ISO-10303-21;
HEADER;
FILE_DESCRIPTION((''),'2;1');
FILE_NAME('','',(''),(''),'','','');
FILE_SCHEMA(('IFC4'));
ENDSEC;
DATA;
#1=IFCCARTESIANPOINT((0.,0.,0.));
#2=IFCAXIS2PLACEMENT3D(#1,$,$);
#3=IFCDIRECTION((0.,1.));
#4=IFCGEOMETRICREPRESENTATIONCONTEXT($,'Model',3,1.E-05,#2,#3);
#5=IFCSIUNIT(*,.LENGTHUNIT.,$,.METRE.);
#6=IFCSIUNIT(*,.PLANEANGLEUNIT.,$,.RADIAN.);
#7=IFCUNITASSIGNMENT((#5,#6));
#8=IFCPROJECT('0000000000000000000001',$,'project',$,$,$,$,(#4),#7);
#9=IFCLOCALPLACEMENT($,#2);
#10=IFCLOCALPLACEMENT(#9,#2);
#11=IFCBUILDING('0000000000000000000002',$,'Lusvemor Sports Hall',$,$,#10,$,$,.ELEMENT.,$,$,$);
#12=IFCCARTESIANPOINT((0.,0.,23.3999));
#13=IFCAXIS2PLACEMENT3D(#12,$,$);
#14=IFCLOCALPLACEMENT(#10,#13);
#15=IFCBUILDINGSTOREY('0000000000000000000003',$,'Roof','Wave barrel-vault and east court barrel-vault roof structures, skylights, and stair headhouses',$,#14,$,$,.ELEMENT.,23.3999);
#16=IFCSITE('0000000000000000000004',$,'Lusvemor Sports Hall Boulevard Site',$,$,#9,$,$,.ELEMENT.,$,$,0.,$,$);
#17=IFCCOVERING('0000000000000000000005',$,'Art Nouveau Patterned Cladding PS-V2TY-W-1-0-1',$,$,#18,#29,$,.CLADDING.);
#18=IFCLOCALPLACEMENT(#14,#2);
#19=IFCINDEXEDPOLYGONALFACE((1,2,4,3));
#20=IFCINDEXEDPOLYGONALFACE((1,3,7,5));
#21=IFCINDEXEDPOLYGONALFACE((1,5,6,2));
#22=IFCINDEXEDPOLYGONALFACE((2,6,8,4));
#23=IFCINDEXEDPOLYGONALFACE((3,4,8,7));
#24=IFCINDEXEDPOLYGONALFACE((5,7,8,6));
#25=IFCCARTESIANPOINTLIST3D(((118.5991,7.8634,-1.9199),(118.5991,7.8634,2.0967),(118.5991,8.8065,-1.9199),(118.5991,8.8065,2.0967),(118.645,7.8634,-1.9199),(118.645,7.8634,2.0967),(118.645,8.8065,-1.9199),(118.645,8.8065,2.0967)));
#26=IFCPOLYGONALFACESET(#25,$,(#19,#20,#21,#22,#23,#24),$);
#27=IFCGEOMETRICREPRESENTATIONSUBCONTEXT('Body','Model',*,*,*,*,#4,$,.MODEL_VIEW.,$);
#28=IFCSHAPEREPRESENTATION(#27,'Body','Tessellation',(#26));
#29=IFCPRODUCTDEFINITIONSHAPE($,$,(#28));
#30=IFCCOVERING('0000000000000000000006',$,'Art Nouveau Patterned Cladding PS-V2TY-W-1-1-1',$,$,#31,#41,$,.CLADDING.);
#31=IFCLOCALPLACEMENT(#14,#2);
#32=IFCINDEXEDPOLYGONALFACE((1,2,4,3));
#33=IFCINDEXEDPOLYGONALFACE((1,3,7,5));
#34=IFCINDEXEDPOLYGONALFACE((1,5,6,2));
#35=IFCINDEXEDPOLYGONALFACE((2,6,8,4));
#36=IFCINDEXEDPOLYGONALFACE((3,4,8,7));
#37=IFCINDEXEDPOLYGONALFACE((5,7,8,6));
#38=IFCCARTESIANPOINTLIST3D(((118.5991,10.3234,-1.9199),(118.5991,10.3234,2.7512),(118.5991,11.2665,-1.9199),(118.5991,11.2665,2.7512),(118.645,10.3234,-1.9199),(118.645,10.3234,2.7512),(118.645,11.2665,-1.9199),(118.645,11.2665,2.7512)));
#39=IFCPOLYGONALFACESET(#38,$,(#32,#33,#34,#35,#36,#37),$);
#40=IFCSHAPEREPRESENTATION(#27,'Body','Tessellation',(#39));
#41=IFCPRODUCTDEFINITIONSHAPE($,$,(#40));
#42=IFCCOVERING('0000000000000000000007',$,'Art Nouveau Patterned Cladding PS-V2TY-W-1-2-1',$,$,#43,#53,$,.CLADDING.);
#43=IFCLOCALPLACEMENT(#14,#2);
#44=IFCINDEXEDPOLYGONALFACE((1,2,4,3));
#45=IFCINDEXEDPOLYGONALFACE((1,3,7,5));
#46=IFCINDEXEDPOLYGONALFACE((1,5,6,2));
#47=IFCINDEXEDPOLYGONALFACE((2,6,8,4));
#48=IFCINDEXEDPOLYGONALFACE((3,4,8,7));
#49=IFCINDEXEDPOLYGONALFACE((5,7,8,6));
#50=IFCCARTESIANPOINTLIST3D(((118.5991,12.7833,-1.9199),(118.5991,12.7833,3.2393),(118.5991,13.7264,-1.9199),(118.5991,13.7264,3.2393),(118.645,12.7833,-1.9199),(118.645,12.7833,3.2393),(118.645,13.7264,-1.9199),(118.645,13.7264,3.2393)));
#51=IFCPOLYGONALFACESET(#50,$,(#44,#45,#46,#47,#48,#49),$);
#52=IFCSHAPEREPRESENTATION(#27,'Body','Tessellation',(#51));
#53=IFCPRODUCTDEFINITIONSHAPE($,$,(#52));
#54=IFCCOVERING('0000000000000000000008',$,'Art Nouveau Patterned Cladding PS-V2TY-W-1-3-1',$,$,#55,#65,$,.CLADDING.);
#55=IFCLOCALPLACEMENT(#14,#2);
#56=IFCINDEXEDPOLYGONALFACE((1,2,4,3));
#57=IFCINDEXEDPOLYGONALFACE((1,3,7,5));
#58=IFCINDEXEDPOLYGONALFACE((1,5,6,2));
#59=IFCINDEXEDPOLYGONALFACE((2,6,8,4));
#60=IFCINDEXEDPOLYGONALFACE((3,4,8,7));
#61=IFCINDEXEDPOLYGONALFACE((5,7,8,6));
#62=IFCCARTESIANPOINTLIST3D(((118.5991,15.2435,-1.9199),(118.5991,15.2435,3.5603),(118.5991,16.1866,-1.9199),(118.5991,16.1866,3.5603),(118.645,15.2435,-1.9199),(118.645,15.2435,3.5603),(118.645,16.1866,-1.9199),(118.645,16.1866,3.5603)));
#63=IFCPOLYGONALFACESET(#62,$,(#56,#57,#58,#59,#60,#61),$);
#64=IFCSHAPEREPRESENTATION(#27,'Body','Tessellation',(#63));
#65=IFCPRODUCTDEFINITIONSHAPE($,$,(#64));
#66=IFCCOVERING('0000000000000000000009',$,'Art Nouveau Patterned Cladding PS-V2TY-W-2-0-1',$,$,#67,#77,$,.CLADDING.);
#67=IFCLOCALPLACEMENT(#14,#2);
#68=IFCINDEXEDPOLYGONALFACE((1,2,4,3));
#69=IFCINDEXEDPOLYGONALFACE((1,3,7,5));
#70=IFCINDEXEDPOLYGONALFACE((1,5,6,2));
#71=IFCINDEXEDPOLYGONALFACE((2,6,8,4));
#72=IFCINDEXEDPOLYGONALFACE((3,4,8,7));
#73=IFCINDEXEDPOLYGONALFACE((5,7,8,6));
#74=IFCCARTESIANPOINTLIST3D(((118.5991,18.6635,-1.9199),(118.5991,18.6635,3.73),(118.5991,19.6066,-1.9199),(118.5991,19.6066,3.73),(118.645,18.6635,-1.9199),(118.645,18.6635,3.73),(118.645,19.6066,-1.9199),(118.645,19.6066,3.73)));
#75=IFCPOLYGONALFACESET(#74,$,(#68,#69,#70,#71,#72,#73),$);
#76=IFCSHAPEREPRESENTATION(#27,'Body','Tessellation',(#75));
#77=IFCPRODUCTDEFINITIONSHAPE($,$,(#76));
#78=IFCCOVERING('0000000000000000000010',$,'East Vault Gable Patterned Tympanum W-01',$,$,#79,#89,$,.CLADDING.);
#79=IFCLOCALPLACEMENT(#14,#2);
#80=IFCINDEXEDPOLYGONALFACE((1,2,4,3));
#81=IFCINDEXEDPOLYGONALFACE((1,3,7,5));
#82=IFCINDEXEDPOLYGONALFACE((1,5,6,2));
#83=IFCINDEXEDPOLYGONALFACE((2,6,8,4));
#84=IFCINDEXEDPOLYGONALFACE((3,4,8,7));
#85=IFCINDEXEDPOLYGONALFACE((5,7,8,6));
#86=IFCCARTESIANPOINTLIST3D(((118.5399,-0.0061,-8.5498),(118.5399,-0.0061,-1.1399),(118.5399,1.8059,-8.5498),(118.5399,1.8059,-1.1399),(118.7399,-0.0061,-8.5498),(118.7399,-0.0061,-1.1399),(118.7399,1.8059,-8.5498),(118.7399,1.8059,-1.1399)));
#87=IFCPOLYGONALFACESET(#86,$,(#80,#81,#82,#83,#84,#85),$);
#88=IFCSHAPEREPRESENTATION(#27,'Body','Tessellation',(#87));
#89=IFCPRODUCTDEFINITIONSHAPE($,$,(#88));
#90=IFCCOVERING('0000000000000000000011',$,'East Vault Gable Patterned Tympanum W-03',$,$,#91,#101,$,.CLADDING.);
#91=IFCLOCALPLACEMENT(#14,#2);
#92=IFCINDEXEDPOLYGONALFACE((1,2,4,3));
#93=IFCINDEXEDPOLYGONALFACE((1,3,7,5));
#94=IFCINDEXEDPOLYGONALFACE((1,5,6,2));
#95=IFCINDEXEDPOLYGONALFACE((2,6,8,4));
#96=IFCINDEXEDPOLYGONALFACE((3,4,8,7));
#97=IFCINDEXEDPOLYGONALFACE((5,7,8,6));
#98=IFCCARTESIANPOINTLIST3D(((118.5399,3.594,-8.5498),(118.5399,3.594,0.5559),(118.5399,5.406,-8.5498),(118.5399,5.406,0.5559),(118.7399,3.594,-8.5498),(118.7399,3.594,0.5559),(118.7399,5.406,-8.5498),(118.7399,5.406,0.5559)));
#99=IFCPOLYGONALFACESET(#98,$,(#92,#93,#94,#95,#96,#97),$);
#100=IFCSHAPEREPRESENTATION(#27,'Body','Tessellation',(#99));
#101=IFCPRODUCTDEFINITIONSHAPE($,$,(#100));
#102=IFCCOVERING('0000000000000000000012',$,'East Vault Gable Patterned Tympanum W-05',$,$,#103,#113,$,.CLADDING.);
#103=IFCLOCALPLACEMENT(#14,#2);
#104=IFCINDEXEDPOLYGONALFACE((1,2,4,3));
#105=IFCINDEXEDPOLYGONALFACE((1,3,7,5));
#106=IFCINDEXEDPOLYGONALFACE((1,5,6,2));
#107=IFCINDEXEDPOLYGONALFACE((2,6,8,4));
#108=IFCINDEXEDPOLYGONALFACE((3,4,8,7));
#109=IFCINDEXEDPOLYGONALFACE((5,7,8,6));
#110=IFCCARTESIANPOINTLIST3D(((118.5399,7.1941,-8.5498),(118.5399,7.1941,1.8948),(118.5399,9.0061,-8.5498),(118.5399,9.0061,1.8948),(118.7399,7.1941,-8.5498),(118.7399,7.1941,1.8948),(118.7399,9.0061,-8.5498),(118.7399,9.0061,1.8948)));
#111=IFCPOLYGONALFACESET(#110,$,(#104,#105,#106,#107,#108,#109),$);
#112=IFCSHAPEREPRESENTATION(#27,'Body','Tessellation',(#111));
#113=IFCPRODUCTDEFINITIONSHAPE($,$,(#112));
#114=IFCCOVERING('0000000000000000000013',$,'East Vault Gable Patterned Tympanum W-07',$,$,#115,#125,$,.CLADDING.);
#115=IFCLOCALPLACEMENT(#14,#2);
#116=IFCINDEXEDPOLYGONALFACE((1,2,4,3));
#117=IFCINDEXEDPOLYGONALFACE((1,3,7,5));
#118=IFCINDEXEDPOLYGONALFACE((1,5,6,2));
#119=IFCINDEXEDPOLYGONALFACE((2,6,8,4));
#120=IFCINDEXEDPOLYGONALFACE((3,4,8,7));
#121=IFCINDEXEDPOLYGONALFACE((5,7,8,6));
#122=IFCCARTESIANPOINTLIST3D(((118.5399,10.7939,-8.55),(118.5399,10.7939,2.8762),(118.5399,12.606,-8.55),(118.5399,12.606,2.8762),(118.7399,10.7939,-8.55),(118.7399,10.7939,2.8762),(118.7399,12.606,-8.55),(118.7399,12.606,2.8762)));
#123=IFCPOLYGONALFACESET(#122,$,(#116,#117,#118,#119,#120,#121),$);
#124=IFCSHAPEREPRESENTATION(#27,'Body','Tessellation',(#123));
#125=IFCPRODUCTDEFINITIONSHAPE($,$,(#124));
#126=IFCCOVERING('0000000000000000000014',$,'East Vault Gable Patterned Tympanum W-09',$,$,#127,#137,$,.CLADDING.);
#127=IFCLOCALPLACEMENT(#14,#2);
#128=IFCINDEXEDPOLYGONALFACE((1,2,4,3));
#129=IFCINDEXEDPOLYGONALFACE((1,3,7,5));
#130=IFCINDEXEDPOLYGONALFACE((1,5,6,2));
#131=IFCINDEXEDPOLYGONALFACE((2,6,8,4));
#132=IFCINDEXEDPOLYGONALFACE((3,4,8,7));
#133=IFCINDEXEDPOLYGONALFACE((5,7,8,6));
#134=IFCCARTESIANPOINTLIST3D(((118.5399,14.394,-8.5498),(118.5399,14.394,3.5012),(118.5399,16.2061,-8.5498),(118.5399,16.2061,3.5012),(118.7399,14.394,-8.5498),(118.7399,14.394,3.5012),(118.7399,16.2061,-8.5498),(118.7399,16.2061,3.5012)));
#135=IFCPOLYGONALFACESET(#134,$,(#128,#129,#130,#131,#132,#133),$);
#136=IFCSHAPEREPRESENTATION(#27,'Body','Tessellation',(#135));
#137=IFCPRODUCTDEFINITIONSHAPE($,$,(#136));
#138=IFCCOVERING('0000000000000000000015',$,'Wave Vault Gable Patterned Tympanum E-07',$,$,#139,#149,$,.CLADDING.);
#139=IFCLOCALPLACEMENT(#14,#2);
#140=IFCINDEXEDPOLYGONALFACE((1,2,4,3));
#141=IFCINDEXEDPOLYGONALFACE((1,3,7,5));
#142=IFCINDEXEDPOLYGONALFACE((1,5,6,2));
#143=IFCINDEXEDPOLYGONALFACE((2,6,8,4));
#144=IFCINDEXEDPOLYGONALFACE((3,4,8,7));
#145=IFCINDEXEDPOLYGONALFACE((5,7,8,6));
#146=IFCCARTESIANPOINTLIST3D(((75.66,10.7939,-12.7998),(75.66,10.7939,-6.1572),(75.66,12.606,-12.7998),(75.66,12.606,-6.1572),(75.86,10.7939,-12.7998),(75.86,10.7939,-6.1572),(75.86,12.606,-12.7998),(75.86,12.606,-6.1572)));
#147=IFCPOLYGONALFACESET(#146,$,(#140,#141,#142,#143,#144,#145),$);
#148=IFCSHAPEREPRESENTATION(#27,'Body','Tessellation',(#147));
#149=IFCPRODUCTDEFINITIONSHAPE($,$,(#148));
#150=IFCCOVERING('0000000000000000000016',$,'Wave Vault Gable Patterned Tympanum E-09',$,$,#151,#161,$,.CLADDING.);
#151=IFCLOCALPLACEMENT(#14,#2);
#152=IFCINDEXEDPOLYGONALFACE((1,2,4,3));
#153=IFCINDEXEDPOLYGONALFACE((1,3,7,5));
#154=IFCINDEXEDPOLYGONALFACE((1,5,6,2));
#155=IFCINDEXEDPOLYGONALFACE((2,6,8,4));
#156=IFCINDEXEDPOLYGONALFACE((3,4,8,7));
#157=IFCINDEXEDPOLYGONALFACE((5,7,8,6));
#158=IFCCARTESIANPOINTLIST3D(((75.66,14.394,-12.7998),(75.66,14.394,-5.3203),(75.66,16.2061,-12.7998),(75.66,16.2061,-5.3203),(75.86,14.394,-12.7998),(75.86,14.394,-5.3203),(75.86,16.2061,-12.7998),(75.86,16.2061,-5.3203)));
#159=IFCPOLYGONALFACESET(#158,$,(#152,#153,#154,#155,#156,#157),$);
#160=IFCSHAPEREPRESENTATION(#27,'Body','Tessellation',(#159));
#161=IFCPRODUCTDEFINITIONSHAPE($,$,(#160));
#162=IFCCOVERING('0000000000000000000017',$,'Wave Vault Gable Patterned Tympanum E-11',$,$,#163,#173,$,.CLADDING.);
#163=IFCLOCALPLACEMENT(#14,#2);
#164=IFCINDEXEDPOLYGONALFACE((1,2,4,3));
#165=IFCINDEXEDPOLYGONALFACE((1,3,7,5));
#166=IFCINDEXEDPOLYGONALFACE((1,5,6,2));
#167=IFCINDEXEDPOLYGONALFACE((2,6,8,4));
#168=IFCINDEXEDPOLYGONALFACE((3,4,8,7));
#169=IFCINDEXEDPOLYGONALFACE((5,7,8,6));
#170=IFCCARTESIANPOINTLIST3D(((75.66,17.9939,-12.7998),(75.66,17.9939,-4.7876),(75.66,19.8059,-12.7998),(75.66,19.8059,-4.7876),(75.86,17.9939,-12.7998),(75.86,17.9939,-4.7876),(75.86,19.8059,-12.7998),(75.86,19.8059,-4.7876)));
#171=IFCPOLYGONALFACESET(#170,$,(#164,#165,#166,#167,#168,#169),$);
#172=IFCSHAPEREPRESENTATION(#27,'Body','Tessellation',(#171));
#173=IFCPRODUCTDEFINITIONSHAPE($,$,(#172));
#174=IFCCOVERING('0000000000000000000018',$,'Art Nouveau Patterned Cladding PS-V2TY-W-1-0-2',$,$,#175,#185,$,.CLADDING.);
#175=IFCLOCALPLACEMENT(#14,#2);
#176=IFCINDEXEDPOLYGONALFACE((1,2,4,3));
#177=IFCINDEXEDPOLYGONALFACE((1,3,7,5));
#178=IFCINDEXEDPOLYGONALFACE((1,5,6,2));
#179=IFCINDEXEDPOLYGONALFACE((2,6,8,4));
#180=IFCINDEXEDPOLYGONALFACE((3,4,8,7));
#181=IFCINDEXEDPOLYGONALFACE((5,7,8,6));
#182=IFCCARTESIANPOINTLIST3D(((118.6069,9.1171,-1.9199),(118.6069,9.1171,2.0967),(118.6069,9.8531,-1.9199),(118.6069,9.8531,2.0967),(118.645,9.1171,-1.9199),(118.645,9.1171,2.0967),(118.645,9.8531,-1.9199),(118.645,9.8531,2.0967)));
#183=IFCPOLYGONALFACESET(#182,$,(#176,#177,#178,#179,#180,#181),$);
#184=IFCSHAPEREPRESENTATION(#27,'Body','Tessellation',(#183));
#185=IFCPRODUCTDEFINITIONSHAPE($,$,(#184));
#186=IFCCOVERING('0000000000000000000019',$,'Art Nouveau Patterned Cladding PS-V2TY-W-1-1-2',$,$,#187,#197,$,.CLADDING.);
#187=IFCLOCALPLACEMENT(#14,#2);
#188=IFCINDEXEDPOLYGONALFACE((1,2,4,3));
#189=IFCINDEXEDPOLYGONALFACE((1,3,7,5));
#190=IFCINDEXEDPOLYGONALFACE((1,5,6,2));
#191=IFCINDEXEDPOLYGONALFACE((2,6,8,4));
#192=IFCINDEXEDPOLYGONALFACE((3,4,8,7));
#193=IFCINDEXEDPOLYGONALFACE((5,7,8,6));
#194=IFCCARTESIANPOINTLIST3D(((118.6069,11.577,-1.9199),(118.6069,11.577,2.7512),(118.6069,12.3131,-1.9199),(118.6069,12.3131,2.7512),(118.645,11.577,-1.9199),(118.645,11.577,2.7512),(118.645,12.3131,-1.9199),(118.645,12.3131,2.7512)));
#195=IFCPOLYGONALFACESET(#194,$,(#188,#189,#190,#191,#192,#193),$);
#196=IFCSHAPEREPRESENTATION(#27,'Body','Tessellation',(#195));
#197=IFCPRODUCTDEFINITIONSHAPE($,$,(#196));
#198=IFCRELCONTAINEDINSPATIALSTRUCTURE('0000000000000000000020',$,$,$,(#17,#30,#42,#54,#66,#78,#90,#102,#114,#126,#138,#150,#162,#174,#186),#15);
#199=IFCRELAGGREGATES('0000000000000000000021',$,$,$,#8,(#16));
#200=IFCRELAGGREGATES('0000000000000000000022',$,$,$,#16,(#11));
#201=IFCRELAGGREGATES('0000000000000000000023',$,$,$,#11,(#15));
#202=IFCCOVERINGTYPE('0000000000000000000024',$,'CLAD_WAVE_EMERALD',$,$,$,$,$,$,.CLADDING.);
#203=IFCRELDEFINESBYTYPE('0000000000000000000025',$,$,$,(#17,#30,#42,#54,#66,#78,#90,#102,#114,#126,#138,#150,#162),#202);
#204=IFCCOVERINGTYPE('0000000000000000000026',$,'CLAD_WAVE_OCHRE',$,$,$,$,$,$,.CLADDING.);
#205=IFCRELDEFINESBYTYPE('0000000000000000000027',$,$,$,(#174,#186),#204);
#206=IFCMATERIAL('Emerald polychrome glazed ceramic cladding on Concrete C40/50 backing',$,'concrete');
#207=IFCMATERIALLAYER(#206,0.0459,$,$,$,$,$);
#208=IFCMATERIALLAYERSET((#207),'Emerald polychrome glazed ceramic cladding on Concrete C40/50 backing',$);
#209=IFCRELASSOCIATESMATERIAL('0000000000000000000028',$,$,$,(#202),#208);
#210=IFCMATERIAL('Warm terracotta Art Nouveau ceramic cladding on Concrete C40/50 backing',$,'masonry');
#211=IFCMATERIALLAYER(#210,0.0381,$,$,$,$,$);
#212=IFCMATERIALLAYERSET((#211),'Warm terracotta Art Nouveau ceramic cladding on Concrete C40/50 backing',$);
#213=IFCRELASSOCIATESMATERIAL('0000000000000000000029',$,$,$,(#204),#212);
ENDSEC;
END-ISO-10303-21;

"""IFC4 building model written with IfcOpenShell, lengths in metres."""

from ifc_helpers import new_model, si_unit, direction, frame, origin, origin_2d, place, context, subcontext, project, spatial, rectangle, extrude, material, layer, layer_set, type_object, element, save


model = new_model("IFC4")

# Units and contexts
model_context = context("Model", 3, precision=1e-05, world=origin(), true_north=direction((0.0, 1.0)))
body_context = subcontext(model_context, "Body", "Model", "MODEL_VIEW")
ifc_project = project(units=[si_unit("LENGTHUNIT", "METRE"), si_unit("PLANEANGLEUNIT", "RADIAN")], contexts=[model_context])

# Site, building, storey
site_placement = place(None, origin())
site = spatial("IfcSite", under=ifc_project, at=site_placement, Name="Lusvemor Sports Hall Boulevard Site", CompositionType="ELEMENT", RefElevation=0.0)
building_placement = place(site_placement, origin())
building = spatial("IfcBuilding", under=site, at=building_placement, Name="Lusvemor Sports Hall", CompositionType="ELEMENT")
storey_placement = place(building_placement, frame((0.0, 0.0, 23.3999)))
storey = spatial("IfcBuildingStorey", under=building, at=storey_placement, Name="Roof", Description="Wave barrel-vault and east court barrel-vault roof structures, skylights, and stair headhouses", CompositionType="ELEMENT", Elevation=23.3999)

# Coverings
ifc_material_1 = material(Name="Emerald polychrome glazed ceramic cladding on Concrete C40/50 backing", Category="concrete")
ifc_layer_1 = layer(ifc_material_1, 0.0459)
ifc_layer_set_1 = layer_set([ifc_layer_1], Name="Emerald polychrome glazed ceramic cladding on Concrete C40/50 backing")
covering_type_1 = type_object("IfcCoveringType", Name="CLAD_WAVE_EMERALD", PredefinedType="CLADDING", material=ifc_layer_set_1)
covering_1_placement = place(storey_placement, frame((118.6221, 8.335, -1.9199), z_axis=(0.0, 0.0, 1.0), x_axis=(1.0, 0.0, 0.0)))
element("IfcCovering", 1, at=covering_1_placement, inside=storey, type_object=covering_type_1, Name="Art Nouveau Patterned Cladding PS-V2TY-W-1-0-1", PredefinedType="CLADDING", context=body_context, shape_type="SweptSolid", body=[
    extrude(rectangle(XDim=0.0459, YDim=0.9431, at=origin_2d()), origin(), (0.0, 0.0, 1.0), 4.0166),
])
covering_2_placement = place(storey_placement, frame((118.6221, 10.7949, -1.9199), z_axis=(0.0, 0.0, 1.0), x_axis=(1.0, 0.0, 0.0)))
element("IfcCovering", 2, at=covering_2_placement, inside=storey, type_object=covering_type_1, Name="Art Nouveau Patterned Cladding PS-V2TY-W-1-1-1", PredefinedType="CLADDING", context=body_context, shape_type="SweptSolid", body=[
    extrude(rectangle(XDim=0.0459, YDim=0.9431, at=origin_2d()), origin(), (0.0, 0.0, 1.0), 4.6711),
])
covering_3_placement = place(storey_placement, frame((118.6221, 13.2549, -1.9199), z_axis=(0.0, 0.0, 1.0), x_axis=(1.0, 0.0, 0.0)))
element("IfcCovering", 3, at=covering_3_placement, inside=storey, type_object=covering_type_1, Name="Art Nouveau Patterned Cladding PS-V2TY-W-1-2-1", PredefinedType="CLADDING", context=body_context, shape_type="SweptSolid", body=[
    extrude(rectangle(XDim=0.0459, YDim=0.9431, at=origin_2d()), origin(), (0.0, 0.0, 1.0), 5.1592),
])
covering_4_placement = place(storey_placement, frame((118.6221, 15.7151, -1.9199), z_axis=(0.0, 0.0, 1.0), x_axis=(1.0, 0.0, 0.0)))
element("IfcCovering", 4, at=covering_4_placement, inside=storey, type_object=covering_type_1, Name="Art Nouveau Patterned Cladding PS-V2TY-W-1-3-1", PredefinedType="CLADDING", context=body_context, shape_type="SweptSolid", body=[
    extrude(rectangle(XDim=0.0459, YDim=0.9431, at=origin_2d()), origin(), (0.0, 0.0, 1.0), 5.4802),
])
covering_5_placement = place(storey_placement, frame((118.6221, 19.135, -1.9199), z_axis=(0.0, 0.0, 1.0), x_axis=(1.0, 0.0, 0.0)))
element("IfcCovering", 5, at=covering_5_placement, inside=storey, type_object=covering_type_1, Name="Art Nouveau Patterned Cladding PS-V2TY-W-2-0-1", PredefinedType="CLADDING", context=body_context, shape_type="SweptSolid", body=[
    extrude(rectangle(XDim=0.0459, YDim=0.9431, at=origin_2d()), origin(), (0.0, 0.0, 1.0), 5.6499),
])
covering_6_placement = place(storey_placement, frame((118.6399, 0.8999, -8.5498), z_axis=(0.0, 0.0, 1.0), x_axis=(1.0, 0.0, 0.0)))
element("IfcCovering", 6, at=covering_6_placement, inside=storey, type_object=covering_type_1, Name="East Vault Gable Patterned Tympanum W-01", PredefinedType="CLADDING", context=body_context, shape_type="SweptSolid", body=[
    extrude(rectangle(XDim=0.2, YDim=1.812, at=origin_2d()), origin(), (0.0, 0.0, 1.0), 7.4099),
])
covering_7_placement = place(storey_placement, frame((118.6399, 4.5, -8.5498), z_axis=(0.0, 0.0, 1.0), x_axis=(1.0, 0.0, 0.0)))
element("IfcCovering", 7, at=covering_7_placement, inside=storey, type_object=covering_type_1, Name="East Vault Gable Patterned Tympanum W-03", PredefinedType="CLADDING", context=body_context, shape_type="SweptSolid", body=[
    extrude(rectangle(XDim=0.2, YDim=1.812, at=origin_2d()), origin(), (0.0, 0.0, 1.0), 9.1057),
])
covering_8_placement = place(storey_placement, frame((118.6399, 8.1001, -8.5498), z_axis=(0.0, 0.0, 1.0), x_axis=(1.0, 0.0, 0.0)))
element("IfcCovering", 8, at=covering_8_placement, inside=storey, type_object=covering_type_1, Name="East Vault Gable Patterned Tympanum W-05", PredefinedType="CLADDING", context=body_context, shape_type="SweptSolid", body=[
    extrude(rectangle(XDim=0.2, YDim=1.812, at=origin_2d()), origin(), (0.0, 0.0, 1.0), 10.4446),
])
covering_9_placement = place(storey_placement, frame((118.6399, 11.7, -8.55), z_axis=(0.0, 0.0, 1.0), x_axis=(1.0, 0.0, 0.0)))
element("IfcCovering", 9, at=covering_9_placement, inside=storey, type_object=covering_type_1, Name="East Vault Gable Patterned Tympanum W-07", PredefinedType="CLADDING", context=body_context, shape_type="SweptSolid", body=[
    extrude(rectangle(XDim=0.2, YDim=1.812, at=origin_2d()), origin(), (0.0, 0.0, 1.0), 11.4263),
])
covering_10_placement = place(storey_placement, frame((118.6399, 15.3, -8.5498), z_axis=(0.0, 0.0, 1.0), x_axis=(1.0, 0.0, 0.0)))
element("IfcCovering", 10, at=covering_10_placement, inside=storey, type_object=covering_type_1, Name="East Vault Gable Patterned Tympanum W-09", PredefinedType="CLADDING", context=body_context, shape_type="SweptSolid", body=[
    extrude(rectangle(XDim=0.2, YDim=1.812, at=origin_2d()), origin(), (0.0, 0.0, 1.0), 12.051),
])
covering_11_placement = place(storey_placement, frame((75.76, 11.7, -12.7998), z_axis=(0.0, 0.0, 1.0), x_axis=(1.0, 0.0, 0.0)))
element("IfcCovering", 11, at=covering_11_placement, inside=storey, type_object=covering_type_1, Name="Wave Vault Gable Patterned Tympanum E-07", PredefinedType="CLADDING", context=body_context, shape_type="SweptSolid", body=[
    extrude(rectangle(XDim=0.2, YDim=1.812, at=origin_2d()), origin(), (0.0, 0.0, 1.0), 6.6426),
])
covering_12_placement = place(storey_placement, frame((75.76, 15.3, -12.7998), z_axis=(0.0, 0.0, 1.0), x_axis=(1.0, 0.0, 0.0)))
element("IfcCovering", 12, at=covering_12_placement, inside=storey, type_object=covering_type_1, Name="Wave Vault Gable Patterned Tympanum E-09", PredefinedType="CLADDING", context=body_context, shape_type="SweptSolid", body=[
    extrude(rectangle(XDim=0.2, YDim=1.812, at=origin_2d()), origin(), (0.0, 0.0, 1.0), 7.4795),
])
covering_13_placement = place(storey_placement, frame((75.76, 18.8999, -12.7998), z_axis=(0.0, 0.0, 1.0), x_axis=(1.0, 0.0, 0.0)))
element("IfcCovering", 13, at=covering_13_placement, inside=storey, type_object=covering_type_1, Name="Wave Vault Gable Patterned Tympanum E-11", PredefinedType="CLADDING", context=body_context, shape_type="SweptSolid", body=[
    extrude(rectangle(XDim=0.2, YDim=1.812, at=origin_2d()), origin(), (0.0, 0.0, 1.0), 8.0122),
])
ifc_material_2 = material(Name="Warm terracotta Art Nouveau ceramic cladding on Concrete C40/50 backing", Category="masonry")
ifc_layer_2 = layer(ifc_material_2, 0.0381)
ifc_layer_set_2 = layer_set([ifc_layer_2], Name="Warm terracotta Art Nouveau ceramic cladding on Concrete C40/50 backing")
covering_type_2 = type_object("IfcCoveringType", Name="CLAD_WAVE_OCHRE", PredefinedType="CLADDING", material=ifc_layer_set_2)
covering_14_placement = place(storey_placement, frame((118.626, 9.4851, -1.9199), z_axis=(0.0, 0.0, 1.0), x_axis=(1.0, 0.0, 0.0)))
element("IfcCovering", 14, at=covering_14_placement, inside=storey, type_object=covering_type_2, Name="Art Nouveau Patterned Cladding PS-V2TY-W-1-0-2", PredefinedType="CLADDING", context=body_context, shape_type="SweptSolid", body=[
    extrude(rectangle(XDim=0.0381, YDim=0.7361, at=origin_2d()), origin(), (0.0, 0.0, 1.0), 4.0166),
])
covering_15_placement = place(storey_placement, frame((118.626, 11.9451, -1.9199), z_axis=(0.0, 0.0, 1.0), x_axis=(1.0, 0.0, 0.0)))
element("IfcCovering", 15, at=covering_15_placement, inside=storey, type_object=covering_type_2, Name="Art Nouveau Patterned Cladding PS-V2TY-W-1-1-2", PredefinedType="CLADDING", context=body_context, shape_type="SweptSolid", body=[
    extrude(rectangle(XDim=0.0381, YDim=0.7361, at=origin_2d()), origin(), (0.0, 0.0, 1.0), 4.6711),
])

save(model, "model.ifc")
